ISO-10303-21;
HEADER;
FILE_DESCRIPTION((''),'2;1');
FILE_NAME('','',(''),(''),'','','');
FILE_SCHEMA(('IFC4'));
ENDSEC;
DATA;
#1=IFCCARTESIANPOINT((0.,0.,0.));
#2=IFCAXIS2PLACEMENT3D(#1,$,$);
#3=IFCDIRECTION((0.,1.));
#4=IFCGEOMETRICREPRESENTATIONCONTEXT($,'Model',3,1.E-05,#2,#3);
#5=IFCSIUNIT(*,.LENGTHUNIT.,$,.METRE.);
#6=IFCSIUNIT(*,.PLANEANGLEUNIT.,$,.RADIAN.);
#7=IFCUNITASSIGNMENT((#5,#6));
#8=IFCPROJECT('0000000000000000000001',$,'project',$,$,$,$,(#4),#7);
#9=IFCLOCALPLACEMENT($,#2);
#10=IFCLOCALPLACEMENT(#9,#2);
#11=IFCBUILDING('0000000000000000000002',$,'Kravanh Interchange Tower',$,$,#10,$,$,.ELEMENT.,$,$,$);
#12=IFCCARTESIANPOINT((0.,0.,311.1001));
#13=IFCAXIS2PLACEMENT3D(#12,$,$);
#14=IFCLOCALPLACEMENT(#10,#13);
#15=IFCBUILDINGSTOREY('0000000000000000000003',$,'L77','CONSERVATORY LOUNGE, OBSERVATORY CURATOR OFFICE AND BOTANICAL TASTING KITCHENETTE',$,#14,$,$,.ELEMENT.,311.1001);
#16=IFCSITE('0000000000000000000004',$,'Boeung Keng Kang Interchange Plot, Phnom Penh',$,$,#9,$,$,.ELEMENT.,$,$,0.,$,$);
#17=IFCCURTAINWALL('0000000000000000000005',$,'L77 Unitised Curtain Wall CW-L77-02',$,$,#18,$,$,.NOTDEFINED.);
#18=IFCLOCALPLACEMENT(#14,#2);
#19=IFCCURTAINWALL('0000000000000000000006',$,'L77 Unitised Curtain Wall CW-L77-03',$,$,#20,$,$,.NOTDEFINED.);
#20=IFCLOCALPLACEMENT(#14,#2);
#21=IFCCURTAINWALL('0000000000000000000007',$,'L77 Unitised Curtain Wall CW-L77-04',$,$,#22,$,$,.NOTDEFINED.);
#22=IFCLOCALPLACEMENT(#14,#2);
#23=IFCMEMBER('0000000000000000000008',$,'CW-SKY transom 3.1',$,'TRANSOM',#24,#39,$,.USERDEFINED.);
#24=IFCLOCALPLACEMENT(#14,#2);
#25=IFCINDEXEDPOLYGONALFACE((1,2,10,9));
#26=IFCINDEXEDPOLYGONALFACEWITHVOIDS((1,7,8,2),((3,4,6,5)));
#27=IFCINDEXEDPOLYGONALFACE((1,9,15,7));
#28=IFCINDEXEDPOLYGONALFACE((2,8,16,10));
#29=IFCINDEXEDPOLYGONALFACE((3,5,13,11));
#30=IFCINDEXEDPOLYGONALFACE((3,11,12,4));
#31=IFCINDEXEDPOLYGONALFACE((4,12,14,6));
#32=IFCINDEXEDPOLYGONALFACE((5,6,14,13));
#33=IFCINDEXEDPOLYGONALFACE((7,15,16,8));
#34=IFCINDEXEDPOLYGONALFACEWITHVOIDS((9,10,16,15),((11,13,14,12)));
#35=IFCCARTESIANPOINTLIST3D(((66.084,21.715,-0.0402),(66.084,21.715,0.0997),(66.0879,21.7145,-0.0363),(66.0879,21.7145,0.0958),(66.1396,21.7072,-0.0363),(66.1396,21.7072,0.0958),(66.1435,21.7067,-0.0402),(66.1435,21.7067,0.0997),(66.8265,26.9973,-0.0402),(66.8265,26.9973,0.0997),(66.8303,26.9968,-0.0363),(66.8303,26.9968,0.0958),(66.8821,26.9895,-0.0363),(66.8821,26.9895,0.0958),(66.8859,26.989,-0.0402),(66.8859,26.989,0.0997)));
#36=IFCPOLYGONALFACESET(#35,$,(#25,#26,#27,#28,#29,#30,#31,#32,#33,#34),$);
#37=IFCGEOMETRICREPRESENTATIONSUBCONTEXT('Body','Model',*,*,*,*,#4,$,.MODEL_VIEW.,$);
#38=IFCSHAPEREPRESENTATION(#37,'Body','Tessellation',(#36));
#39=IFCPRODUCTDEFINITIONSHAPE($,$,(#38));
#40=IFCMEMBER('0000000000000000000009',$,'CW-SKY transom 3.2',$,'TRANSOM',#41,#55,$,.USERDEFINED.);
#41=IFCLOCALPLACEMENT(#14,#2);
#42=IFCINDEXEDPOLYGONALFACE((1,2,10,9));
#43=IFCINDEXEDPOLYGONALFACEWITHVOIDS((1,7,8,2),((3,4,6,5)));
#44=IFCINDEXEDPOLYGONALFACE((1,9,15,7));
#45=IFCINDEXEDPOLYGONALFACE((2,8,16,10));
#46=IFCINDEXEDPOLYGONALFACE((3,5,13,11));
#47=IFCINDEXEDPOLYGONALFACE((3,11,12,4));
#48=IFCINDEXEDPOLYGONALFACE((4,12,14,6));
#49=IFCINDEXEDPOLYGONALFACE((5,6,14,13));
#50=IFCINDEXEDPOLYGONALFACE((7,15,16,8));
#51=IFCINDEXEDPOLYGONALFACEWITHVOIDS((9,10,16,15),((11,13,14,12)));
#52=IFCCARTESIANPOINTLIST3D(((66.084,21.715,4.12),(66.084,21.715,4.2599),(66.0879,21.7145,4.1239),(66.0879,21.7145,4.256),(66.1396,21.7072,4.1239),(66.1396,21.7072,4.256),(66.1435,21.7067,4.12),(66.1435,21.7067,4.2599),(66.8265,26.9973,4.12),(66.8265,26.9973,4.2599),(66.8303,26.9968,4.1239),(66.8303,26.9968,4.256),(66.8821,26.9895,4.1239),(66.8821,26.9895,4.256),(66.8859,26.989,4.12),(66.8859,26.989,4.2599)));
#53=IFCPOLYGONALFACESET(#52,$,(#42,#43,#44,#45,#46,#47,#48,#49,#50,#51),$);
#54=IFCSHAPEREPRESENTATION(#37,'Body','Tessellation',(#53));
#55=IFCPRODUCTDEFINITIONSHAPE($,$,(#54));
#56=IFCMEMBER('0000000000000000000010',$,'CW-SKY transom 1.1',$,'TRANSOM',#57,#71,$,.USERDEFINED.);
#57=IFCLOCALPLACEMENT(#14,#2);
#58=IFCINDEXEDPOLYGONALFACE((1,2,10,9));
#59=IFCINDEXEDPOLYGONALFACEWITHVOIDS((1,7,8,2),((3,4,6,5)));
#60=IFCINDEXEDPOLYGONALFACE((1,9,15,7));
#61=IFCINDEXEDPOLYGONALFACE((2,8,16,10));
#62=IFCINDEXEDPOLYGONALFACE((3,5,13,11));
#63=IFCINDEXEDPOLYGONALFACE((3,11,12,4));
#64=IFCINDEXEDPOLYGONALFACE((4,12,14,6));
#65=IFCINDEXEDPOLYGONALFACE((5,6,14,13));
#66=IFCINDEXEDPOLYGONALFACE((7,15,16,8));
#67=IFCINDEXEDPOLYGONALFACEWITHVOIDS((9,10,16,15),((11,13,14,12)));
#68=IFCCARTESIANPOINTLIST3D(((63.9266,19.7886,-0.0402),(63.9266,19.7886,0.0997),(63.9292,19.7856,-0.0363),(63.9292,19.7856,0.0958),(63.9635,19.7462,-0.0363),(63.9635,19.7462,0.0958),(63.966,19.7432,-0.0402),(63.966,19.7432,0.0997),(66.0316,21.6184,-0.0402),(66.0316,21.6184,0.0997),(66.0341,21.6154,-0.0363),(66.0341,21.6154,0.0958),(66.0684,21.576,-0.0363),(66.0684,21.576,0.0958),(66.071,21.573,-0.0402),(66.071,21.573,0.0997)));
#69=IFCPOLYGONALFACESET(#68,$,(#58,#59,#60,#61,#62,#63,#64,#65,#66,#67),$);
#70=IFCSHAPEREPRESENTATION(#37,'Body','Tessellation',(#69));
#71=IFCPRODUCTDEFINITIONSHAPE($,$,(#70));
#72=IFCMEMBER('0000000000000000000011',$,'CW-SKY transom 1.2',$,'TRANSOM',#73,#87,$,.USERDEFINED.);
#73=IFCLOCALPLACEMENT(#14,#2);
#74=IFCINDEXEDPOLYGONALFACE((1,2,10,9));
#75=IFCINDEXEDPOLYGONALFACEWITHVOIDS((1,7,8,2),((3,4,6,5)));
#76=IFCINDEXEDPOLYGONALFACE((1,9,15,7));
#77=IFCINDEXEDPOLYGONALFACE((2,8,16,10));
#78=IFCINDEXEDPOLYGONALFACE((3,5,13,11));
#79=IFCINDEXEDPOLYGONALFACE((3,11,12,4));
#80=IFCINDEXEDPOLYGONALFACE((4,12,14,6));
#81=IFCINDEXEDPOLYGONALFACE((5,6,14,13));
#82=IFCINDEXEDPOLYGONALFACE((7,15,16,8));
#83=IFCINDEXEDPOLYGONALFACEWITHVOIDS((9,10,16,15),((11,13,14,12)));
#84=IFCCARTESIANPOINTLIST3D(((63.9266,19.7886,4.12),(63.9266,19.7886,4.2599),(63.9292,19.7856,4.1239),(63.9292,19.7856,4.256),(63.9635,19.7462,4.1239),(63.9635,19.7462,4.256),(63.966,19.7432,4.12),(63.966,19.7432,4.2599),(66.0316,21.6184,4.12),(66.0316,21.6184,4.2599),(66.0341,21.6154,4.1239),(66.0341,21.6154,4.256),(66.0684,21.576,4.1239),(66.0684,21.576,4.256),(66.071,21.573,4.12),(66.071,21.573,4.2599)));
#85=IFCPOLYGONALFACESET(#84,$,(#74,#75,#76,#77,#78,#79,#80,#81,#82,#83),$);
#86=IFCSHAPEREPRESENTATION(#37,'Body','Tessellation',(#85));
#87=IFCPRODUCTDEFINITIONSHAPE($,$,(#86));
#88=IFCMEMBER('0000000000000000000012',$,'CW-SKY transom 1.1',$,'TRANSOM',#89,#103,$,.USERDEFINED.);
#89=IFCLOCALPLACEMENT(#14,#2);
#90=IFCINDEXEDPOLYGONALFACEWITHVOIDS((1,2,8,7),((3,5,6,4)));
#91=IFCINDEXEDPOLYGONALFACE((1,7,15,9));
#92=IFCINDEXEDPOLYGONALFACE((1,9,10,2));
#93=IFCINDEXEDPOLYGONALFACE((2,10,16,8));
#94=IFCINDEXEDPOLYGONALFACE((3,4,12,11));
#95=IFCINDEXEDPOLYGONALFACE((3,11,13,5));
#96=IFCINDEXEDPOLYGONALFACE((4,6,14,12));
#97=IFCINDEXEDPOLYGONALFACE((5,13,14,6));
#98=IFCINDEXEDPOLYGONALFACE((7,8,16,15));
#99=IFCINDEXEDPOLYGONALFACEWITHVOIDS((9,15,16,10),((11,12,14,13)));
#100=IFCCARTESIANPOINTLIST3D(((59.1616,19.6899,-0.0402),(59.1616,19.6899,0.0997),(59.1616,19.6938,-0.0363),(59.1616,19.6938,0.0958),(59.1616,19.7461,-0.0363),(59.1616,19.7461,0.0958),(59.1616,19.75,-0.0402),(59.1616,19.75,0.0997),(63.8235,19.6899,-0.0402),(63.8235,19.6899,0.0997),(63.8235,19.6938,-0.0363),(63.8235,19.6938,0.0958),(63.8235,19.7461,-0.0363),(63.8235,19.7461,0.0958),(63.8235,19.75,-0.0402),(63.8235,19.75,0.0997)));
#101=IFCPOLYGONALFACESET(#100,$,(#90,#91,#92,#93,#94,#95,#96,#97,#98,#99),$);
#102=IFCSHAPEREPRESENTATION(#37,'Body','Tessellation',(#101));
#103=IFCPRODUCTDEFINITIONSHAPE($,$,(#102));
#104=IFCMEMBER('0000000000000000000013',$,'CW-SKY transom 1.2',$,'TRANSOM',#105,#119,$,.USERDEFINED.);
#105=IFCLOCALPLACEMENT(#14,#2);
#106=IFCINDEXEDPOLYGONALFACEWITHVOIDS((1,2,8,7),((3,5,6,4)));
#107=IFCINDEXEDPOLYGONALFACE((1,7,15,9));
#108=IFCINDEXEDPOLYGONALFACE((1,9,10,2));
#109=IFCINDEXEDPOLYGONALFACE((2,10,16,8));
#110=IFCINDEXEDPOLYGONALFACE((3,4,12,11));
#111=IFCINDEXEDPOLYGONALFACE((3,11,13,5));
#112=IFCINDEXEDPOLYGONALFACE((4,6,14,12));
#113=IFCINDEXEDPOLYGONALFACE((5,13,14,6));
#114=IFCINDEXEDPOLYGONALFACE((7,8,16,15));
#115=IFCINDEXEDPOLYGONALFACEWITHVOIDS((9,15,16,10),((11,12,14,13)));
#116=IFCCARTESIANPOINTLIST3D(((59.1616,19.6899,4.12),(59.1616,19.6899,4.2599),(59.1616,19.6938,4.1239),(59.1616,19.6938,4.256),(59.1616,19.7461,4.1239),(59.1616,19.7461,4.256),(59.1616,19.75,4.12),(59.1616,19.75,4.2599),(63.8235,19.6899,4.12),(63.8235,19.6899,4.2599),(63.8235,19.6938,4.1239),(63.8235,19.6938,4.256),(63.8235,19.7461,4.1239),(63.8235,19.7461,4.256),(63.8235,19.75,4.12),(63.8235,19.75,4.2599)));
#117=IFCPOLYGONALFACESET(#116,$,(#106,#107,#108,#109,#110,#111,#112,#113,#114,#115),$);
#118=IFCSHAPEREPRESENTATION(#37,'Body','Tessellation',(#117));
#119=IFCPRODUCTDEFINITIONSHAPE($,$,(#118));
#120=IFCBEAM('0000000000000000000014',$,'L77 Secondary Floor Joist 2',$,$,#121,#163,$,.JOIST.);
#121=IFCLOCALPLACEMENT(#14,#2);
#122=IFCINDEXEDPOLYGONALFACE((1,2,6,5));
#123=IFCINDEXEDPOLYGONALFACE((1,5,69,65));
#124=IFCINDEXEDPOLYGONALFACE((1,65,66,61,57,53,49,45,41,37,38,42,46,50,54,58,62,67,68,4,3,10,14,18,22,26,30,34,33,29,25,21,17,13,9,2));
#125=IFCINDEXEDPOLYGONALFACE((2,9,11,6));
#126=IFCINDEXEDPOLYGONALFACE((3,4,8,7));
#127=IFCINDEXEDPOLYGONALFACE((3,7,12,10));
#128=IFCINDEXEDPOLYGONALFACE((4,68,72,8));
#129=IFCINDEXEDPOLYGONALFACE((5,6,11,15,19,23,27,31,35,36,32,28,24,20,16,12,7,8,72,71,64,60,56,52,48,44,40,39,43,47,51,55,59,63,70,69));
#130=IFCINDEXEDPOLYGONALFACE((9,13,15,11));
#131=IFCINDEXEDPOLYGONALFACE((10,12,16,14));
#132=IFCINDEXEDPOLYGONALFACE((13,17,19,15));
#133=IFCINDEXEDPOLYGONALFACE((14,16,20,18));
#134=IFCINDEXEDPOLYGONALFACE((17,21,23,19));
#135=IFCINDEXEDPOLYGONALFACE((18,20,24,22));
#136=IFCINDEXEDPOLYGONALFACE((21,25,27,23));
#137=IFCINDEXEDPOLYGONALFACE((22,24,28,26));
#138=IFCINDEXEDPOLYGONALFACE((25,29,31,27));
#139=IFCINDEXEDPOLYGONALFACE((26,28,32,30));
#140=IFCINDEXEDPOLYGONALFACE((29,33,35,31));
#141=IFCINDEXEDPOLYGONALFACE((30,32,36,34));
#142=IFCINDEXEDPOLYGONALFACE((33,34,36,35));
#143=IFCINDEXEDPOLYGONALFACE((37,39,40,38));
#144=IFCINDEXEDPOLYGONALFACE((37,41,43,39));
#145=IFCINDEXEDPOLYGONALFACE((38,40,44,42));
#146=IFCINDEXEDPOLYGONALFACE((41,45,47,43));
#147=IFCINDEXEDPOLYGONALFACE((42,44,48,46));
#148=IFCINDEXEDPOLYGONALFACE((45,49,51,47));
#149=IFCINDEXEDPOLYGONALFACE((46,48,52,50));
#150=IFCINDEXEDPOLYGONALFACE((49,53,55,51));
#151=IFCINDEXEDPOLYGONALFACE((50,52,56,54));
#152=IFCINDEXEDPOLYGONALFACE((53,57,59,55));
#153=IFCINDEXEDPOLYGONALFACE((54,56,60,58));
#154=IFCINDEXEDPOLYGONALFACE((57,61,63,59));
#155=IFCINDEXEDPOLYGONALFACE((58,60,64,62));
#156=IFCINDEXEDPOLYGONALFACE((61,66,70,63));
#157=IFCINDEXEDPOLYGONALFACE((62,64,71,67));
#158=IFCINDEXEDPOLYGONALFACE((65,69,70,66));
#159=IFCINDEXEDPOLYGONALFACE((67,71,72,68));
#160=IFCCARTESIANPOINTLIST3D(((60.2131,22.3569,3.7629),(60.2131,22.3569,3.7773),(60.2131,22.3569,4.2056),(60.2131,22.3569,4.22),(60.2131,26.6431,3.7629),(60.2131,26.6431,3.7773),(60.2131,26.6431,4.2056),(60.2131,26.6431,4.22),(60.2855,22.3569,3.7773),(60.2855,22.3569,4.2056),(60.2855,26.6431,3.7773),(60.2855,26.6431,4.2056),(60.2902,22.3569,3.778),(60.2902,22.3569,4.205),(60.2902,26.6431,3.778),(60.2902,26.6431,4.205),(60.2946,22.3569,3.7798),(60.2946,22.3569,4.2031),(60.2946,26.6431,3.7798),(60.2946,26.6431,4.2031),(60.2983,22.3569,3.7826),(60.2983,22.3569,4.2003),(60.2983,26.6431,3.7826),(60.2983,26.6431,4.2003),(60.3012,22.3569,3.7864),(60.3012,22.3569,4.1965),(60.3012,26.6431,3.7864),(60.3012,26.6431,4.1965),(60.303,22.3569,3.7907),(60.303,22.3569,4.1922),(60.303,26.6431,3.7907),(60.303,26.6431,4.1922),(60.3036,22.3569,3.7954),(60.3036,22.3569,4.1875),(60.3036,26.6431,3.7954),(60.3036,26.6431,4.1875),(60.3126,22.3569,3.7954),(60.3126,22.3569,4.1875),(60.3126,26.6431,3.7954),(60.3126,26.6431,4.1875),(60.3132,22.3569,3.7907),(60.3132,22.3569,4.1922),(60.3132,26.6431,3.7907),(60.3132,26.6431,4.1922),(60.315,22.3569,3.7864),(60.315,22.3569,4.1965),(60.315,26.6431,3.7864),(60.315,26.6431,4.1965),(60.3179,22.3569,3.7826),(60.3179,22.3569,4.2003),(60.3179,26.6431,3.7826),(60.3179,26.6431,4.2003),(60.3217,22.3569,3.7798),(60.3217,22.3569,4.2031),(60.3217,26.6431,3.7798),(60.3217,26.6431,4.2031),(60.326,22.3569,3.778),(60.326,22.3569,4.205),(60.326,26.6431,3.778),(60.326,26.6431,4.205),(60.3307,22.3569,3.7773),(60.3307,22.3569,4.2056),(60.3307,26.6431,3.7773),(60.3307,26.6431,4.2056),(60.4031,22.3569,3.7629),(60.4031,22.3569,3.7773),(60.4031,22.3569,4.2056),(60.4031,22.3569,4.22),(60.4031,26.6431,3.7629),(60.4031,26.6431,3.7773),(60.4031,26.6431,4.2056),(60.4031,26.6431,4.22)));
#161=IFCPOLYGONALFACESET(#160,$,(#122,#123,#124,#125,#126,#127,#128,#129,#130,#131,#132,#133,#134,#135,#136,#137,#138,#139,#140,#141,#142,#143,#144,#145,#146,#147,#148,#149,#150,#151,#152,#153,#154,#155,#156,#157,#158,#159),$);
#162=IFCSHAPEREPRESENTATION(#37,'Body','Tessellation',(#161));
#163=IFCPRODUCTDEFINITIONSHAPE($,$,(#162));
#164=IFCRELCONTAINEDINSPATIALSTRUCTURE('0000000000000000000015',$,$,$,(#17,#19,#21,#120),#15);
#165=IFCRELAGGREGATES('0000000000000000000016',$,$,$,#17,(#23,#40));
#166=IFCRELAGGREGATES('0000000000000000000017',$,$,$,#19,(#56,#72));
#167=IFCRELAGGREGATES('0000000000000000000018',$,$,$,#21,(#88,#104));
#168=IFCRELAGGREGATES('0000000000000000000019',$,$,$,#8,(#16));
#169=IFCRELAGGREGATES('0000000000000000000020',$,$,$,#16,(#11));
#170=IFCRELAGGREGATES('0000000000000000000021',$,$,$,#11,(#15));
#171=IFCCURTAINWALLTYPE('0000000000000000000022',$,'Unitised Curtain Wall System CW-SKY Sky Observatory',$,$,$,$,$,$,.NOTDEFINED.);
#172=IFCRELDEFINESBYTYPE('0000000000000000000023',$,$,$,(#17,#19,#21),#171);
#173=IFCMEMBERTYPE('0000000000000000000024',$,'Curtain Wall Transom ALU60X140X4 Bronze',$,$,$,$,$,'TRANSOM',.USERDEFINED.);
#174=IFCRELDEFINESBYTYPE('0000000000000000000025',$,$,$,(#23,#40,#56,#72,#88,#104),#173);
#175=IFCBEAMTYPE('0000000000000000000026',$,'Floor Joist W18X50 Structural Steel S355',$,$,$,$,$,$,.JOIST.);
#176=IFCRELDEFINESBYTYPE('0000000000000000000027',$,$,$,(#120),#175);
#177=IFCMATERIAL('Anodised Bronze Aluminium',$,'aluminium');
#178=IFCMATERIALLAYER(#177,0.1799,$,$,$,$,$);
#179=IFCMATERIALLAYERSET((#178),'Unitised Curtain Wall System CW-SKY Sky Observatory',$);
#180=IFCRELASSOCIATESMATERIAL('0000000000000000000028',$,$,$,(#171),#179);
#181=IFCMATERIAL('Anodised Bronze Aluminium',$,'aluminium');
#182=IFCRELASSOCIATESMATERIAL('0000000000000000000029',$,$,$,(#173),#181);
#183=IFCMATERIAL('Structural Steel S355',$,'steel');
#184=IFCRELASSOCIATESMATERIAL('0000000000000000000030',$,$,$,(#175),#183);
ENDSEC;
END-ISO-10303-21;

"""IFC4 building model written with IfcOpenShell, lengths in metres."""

from ifc_helpers import new_model, si_unit, direction, frame, origin, origin_2d, place, context, subcontext, project, spatial, hollow_rectangle, i_section, extrude, material, layer, layer_set, material_profile, profile_set, type_object, element, aggregate, save


model = new_model("IFC4")

# Units and contexts
model_context = context("Model", 3, precision=1e-05, world=origin(), true_north=direction((0.0, 1.0)))
body_context = subcontext(model_context, "Body", "Model", "MODEL_VIEW")
ifc_project = project(units=[si_unit("LENGTHUNIT", "METRE"), si_unit("PLANEANGLEUNIT", "RADIAN")], contexts=[model_context])

# Site, building, storey
site_placement = place(None, origin())
site = spatial("IfcSite", under=ifc_project, at=site_placement, Name="Boeung Keng Kang Interchange Plot, Phnom Penh", CompositionType="ELEMENT", RefElevation=0.0)
building_placement = place(site_placement, origin())
building = spatial("IfcBuilding", under=site, at=building_placement, Name="Kravanh Interchange Tower", CompositionType="ELEMENT")
storey_placement = place(building_placement, frame((0.0, 0.0, 311.1001)))
storey = spatial("IfcBuildingStorey", under=building, at=storey_placement, Name="L77", Description="CONSERVATORY LOUNGE, OBSERVATORY CURATOR OFFICE AND BOTANICAL TASTING KITCHENETTE", CompositionType="ELEMENT", Elevation=311.1001)

# Curtain walls
ifc_material_1 = material(Name="Anodised Bronze Aluminium", Category="aluminium")
ifc_layer_1 = layer(ifc_material_1, 0.1799)
ifc_layer_set_1 = layer_set([ifc_layer_1], Name="Unitised Curtain Wall System CW-SKY Sky Observatory")
curtain_wall_type = type_object("IfcCurtainWallType", Name="Unitised Curtain Wall System CW-SKY Sky Observatory", PredefinedType="NOTDEFINED", material=ifc_layer_set_1)
curtain_wall_1_placement = place(storey_placement, origin())
curtain_wall_1 = element("IfcCurtainWall", 1, at=curtain_wall_1_placement, inside=storey, type_object=curtain_wall_type, Name="L77 Unitised Curtain Wall CW-L77-02", PredefinedType="NOTDEFINED")
curtain_wall_2_placement = place(storey_placement, origin())
curtain_wall_2 = element("IfcCurtainWall", 2, at=curtain_wall_2_placement, inside=storey, type_object=curtain_wall_type, Name="L77 Unitised Curtain Wall CW-L77-03", PredefinedType="NOTDEFINED")

# Curtain wall
curtain_wall_3_placement = place(storey_placement, origin())
curtain_wall_3 = element("IfcCurtainWall", 3, at=curtain_wall_3_placement, inside=storey, type_object=curtain_wall_type, Name="L77 Unitised Curtain Wall CW-L77-04", PredefinedType="NOTDEFINED")

# Members
ifc_material_2 = material(Name="Anodised Bronze Aluminium", Category="aluminium")
ifc_material_profile_1 = material_profile(ifc_material_2, hollow_rectangle(XDim=0.0601, YDim=0.1399, WallThickness=0.0039, at=origin_2d()), Name="ALU60X140X4")
ifc_profile_set_1 = profile_set([ifc_material_profile_1], Name="Anodised Bronze Aluminium")
member_type_1 = type_object("IfcMemberType", Name="Curtain Wall Transom ALU60X140X4 Bronze", ElementType="TRANSOM", PredefinedType="USERDEFINED", material=ifc_profile_set_1)
member_1_placement = place(storey_placement, frame((66.8562, 26.9932, 0.0298), z_axis=(-0.139185, -0.990266, 0.0), x_axis=(0.990266, -0.139185, 0.0)))
member_1 = element("IfcMember", 4, at=member_1_placement, type_object=member_type_1, Name="CW-SKY transom 3.1", ObjectType="TRANSOM", PredefinedType="USERDEFINED", context=body_context, shape_type="SweptSolid", body=[
    extrude(hollow_rectangle(XDim=0.0601, YDim=0.1399, WallThickness=0.0039, at=origin_2d()), origin(), (0.0, 0.0, 1.0), 5.3342),
])
member_2_placement = place(storey_placement, frame((66.8562, 26.9932, 4.1899), z_axis=(-0.139185, -0.990266, 0.0), x_axis=(0.990266, -0.139185, 0.0)))
member_2 = element("IfcMember", 5, at=member_2_placement, type_object=member_type_1, Name="CW-SKY transom 3.2", ObjectType="TRANSOM", PredefinedType="USERDEFINED", context=body_context, shape_type="SweptSolid", body=[
    extrude(hollow_rectangle(XDim=0.0601, YDim=0.1399, WallThickness=0.0039, at=origin_2d()), origin(), (0.0, 0.0, 1.0), 5.3342),
])
member_3_placement = place(storey_placement, frame((66.0513, 21.5957, 0.0298), z_axis=(-0.754709, -0.65606, 0.0), x_axis=(0.65606, -0.754709, 0.0)))
member_3 = element("IfcMember", 6, at=member_3_placement, type_object=member_type_1, Name="CW-SKY transom 1.1", ObjectType="TRANSOM", PredefinedType="USERDEFINED", context=body_context, shape_type="SweptSolid", body=[
    extrude(hollow_rectangle(XDim=0.0601, YDim=0.1399, WallThickness=0.0039, at=origin_2d()), origin(), (0.0, 0.0, 1.0), 2.7891),
])
member_4_placement = place(storey_placement, frame((66.0513, 21.5957, 4.1899), z_axis=(-0.754709, -0.65606, 0.0), x_axis=(0.65606, -0.754709, 0.0)))
member_4 = element("IfcMember", 7, at=member_4_placement, type_object=member_type_1, Name="CW-SKY transom 1.2", ObjectType="TRANSOM", PredefinedType="USERDEFINED", context=body_context, shape_type="SweptSolid", body=[
    extrude(hollow_rectangle(XDim=0.0601, YDim=0.1399, WallThickness=0.0039, at=origin_2d()), origin(), (0.0, 0.0, 1.0), 2.7891),
])
member_5_placement = place(storey_placement, frame((63.8235, 19.72, 0.0298), z_axis=(-1.0, 0.0, 0.0), x_axis=(0.0, -1.0, 0.0)))
member_5 = element("IfcMember", 8, at=member_5_placement, type_object=member_type_1, Name="CW-SKY transom 1.1", ObjectType="TRANSOM", PredefinedType="USERDEFINED", context=body_context, shape_type="SweptSolid", body=[
    extrude(hollow_rectangle(XDim=0.0601, YDim=0.1399, WallThickness=0.0039, at=origin_2d()), origin(), (0.0, 0.0, 1.0), 4.6619),
])
member_6_placement = place(storey_placement, frame((63.8235, 19.72, 4.1899), z_axis=(-1.0, 0.0, 0.0), x_axis=(0.0, -1.0, 0.0)))
member_6 = element("IfcMember", 9, at=member_6_placement, type_object=member_type_1, Name="CW-SKY transom 1.2", ObjectType="TRANSOM", PredefinedType="USERDEFINED", context=body_context, shape_type="SweptSolid", body=[
    extrude(hollow_rectangle(XDim=0.0601, YDim=0.1399, WallThickness=0.0039, at=origin_2d()), origin(), (0.0, 0.0, 1.0), 4.6619),
])

# Beam
ifc_material_3 = material(Name="Structural Steel S355", Category="steel")
ifc_material_profile_2 = material_profile(ifc_material_3, i_section(OverallWidth=0.1899, OverallDepth=0.457, WebThickness=0.009, FlangeThickness=0.0144, FilletRadius=0.0181, at=origin_2d()), Name="W18X50")
ifc_profile_set_2 = profile_set([ifc_material_profile_2], Name="Structural Steel S355")
beam_type_1 = type_object("IfcBeamType", Name="Floor Joist W18X50 Structural Steel S355", PredefinedType="JOIST", material=ifc_profile_set_2)
beam_1_placement = place(storey_placement, frame((60.3081, 22.3569, 3.9915), z_axis=(0.0, 1.0, 0.0), x_axis=(-1.0, 0.0, 0.0)))
element("IfcBeam", 10, at=beam_1_placement, inside=storey, type_object=beam_type_1, Name="L77 Secondary Floor Joist 2", PredefinedType="JOIST", context=body_context, shape_type="SweptSolid", body=[
    extrude(i_section(OverallWidth=0.1899, OverallDepth=0.457, WebThickness=0.009, FlangeThickness=0.0144, FilletRadius=0.0181, at=origin_2d()), origin(), (0.0, 0.0, 1.0), 4.2861),
])

aggregate(curtain_wall_1, [member_1, member_2])
aggregate(curtain_wall_2, [member_3, member_4])
aggregate(curtain_wall_3, [member_5, member_6])

save(model, "model.ifc")
